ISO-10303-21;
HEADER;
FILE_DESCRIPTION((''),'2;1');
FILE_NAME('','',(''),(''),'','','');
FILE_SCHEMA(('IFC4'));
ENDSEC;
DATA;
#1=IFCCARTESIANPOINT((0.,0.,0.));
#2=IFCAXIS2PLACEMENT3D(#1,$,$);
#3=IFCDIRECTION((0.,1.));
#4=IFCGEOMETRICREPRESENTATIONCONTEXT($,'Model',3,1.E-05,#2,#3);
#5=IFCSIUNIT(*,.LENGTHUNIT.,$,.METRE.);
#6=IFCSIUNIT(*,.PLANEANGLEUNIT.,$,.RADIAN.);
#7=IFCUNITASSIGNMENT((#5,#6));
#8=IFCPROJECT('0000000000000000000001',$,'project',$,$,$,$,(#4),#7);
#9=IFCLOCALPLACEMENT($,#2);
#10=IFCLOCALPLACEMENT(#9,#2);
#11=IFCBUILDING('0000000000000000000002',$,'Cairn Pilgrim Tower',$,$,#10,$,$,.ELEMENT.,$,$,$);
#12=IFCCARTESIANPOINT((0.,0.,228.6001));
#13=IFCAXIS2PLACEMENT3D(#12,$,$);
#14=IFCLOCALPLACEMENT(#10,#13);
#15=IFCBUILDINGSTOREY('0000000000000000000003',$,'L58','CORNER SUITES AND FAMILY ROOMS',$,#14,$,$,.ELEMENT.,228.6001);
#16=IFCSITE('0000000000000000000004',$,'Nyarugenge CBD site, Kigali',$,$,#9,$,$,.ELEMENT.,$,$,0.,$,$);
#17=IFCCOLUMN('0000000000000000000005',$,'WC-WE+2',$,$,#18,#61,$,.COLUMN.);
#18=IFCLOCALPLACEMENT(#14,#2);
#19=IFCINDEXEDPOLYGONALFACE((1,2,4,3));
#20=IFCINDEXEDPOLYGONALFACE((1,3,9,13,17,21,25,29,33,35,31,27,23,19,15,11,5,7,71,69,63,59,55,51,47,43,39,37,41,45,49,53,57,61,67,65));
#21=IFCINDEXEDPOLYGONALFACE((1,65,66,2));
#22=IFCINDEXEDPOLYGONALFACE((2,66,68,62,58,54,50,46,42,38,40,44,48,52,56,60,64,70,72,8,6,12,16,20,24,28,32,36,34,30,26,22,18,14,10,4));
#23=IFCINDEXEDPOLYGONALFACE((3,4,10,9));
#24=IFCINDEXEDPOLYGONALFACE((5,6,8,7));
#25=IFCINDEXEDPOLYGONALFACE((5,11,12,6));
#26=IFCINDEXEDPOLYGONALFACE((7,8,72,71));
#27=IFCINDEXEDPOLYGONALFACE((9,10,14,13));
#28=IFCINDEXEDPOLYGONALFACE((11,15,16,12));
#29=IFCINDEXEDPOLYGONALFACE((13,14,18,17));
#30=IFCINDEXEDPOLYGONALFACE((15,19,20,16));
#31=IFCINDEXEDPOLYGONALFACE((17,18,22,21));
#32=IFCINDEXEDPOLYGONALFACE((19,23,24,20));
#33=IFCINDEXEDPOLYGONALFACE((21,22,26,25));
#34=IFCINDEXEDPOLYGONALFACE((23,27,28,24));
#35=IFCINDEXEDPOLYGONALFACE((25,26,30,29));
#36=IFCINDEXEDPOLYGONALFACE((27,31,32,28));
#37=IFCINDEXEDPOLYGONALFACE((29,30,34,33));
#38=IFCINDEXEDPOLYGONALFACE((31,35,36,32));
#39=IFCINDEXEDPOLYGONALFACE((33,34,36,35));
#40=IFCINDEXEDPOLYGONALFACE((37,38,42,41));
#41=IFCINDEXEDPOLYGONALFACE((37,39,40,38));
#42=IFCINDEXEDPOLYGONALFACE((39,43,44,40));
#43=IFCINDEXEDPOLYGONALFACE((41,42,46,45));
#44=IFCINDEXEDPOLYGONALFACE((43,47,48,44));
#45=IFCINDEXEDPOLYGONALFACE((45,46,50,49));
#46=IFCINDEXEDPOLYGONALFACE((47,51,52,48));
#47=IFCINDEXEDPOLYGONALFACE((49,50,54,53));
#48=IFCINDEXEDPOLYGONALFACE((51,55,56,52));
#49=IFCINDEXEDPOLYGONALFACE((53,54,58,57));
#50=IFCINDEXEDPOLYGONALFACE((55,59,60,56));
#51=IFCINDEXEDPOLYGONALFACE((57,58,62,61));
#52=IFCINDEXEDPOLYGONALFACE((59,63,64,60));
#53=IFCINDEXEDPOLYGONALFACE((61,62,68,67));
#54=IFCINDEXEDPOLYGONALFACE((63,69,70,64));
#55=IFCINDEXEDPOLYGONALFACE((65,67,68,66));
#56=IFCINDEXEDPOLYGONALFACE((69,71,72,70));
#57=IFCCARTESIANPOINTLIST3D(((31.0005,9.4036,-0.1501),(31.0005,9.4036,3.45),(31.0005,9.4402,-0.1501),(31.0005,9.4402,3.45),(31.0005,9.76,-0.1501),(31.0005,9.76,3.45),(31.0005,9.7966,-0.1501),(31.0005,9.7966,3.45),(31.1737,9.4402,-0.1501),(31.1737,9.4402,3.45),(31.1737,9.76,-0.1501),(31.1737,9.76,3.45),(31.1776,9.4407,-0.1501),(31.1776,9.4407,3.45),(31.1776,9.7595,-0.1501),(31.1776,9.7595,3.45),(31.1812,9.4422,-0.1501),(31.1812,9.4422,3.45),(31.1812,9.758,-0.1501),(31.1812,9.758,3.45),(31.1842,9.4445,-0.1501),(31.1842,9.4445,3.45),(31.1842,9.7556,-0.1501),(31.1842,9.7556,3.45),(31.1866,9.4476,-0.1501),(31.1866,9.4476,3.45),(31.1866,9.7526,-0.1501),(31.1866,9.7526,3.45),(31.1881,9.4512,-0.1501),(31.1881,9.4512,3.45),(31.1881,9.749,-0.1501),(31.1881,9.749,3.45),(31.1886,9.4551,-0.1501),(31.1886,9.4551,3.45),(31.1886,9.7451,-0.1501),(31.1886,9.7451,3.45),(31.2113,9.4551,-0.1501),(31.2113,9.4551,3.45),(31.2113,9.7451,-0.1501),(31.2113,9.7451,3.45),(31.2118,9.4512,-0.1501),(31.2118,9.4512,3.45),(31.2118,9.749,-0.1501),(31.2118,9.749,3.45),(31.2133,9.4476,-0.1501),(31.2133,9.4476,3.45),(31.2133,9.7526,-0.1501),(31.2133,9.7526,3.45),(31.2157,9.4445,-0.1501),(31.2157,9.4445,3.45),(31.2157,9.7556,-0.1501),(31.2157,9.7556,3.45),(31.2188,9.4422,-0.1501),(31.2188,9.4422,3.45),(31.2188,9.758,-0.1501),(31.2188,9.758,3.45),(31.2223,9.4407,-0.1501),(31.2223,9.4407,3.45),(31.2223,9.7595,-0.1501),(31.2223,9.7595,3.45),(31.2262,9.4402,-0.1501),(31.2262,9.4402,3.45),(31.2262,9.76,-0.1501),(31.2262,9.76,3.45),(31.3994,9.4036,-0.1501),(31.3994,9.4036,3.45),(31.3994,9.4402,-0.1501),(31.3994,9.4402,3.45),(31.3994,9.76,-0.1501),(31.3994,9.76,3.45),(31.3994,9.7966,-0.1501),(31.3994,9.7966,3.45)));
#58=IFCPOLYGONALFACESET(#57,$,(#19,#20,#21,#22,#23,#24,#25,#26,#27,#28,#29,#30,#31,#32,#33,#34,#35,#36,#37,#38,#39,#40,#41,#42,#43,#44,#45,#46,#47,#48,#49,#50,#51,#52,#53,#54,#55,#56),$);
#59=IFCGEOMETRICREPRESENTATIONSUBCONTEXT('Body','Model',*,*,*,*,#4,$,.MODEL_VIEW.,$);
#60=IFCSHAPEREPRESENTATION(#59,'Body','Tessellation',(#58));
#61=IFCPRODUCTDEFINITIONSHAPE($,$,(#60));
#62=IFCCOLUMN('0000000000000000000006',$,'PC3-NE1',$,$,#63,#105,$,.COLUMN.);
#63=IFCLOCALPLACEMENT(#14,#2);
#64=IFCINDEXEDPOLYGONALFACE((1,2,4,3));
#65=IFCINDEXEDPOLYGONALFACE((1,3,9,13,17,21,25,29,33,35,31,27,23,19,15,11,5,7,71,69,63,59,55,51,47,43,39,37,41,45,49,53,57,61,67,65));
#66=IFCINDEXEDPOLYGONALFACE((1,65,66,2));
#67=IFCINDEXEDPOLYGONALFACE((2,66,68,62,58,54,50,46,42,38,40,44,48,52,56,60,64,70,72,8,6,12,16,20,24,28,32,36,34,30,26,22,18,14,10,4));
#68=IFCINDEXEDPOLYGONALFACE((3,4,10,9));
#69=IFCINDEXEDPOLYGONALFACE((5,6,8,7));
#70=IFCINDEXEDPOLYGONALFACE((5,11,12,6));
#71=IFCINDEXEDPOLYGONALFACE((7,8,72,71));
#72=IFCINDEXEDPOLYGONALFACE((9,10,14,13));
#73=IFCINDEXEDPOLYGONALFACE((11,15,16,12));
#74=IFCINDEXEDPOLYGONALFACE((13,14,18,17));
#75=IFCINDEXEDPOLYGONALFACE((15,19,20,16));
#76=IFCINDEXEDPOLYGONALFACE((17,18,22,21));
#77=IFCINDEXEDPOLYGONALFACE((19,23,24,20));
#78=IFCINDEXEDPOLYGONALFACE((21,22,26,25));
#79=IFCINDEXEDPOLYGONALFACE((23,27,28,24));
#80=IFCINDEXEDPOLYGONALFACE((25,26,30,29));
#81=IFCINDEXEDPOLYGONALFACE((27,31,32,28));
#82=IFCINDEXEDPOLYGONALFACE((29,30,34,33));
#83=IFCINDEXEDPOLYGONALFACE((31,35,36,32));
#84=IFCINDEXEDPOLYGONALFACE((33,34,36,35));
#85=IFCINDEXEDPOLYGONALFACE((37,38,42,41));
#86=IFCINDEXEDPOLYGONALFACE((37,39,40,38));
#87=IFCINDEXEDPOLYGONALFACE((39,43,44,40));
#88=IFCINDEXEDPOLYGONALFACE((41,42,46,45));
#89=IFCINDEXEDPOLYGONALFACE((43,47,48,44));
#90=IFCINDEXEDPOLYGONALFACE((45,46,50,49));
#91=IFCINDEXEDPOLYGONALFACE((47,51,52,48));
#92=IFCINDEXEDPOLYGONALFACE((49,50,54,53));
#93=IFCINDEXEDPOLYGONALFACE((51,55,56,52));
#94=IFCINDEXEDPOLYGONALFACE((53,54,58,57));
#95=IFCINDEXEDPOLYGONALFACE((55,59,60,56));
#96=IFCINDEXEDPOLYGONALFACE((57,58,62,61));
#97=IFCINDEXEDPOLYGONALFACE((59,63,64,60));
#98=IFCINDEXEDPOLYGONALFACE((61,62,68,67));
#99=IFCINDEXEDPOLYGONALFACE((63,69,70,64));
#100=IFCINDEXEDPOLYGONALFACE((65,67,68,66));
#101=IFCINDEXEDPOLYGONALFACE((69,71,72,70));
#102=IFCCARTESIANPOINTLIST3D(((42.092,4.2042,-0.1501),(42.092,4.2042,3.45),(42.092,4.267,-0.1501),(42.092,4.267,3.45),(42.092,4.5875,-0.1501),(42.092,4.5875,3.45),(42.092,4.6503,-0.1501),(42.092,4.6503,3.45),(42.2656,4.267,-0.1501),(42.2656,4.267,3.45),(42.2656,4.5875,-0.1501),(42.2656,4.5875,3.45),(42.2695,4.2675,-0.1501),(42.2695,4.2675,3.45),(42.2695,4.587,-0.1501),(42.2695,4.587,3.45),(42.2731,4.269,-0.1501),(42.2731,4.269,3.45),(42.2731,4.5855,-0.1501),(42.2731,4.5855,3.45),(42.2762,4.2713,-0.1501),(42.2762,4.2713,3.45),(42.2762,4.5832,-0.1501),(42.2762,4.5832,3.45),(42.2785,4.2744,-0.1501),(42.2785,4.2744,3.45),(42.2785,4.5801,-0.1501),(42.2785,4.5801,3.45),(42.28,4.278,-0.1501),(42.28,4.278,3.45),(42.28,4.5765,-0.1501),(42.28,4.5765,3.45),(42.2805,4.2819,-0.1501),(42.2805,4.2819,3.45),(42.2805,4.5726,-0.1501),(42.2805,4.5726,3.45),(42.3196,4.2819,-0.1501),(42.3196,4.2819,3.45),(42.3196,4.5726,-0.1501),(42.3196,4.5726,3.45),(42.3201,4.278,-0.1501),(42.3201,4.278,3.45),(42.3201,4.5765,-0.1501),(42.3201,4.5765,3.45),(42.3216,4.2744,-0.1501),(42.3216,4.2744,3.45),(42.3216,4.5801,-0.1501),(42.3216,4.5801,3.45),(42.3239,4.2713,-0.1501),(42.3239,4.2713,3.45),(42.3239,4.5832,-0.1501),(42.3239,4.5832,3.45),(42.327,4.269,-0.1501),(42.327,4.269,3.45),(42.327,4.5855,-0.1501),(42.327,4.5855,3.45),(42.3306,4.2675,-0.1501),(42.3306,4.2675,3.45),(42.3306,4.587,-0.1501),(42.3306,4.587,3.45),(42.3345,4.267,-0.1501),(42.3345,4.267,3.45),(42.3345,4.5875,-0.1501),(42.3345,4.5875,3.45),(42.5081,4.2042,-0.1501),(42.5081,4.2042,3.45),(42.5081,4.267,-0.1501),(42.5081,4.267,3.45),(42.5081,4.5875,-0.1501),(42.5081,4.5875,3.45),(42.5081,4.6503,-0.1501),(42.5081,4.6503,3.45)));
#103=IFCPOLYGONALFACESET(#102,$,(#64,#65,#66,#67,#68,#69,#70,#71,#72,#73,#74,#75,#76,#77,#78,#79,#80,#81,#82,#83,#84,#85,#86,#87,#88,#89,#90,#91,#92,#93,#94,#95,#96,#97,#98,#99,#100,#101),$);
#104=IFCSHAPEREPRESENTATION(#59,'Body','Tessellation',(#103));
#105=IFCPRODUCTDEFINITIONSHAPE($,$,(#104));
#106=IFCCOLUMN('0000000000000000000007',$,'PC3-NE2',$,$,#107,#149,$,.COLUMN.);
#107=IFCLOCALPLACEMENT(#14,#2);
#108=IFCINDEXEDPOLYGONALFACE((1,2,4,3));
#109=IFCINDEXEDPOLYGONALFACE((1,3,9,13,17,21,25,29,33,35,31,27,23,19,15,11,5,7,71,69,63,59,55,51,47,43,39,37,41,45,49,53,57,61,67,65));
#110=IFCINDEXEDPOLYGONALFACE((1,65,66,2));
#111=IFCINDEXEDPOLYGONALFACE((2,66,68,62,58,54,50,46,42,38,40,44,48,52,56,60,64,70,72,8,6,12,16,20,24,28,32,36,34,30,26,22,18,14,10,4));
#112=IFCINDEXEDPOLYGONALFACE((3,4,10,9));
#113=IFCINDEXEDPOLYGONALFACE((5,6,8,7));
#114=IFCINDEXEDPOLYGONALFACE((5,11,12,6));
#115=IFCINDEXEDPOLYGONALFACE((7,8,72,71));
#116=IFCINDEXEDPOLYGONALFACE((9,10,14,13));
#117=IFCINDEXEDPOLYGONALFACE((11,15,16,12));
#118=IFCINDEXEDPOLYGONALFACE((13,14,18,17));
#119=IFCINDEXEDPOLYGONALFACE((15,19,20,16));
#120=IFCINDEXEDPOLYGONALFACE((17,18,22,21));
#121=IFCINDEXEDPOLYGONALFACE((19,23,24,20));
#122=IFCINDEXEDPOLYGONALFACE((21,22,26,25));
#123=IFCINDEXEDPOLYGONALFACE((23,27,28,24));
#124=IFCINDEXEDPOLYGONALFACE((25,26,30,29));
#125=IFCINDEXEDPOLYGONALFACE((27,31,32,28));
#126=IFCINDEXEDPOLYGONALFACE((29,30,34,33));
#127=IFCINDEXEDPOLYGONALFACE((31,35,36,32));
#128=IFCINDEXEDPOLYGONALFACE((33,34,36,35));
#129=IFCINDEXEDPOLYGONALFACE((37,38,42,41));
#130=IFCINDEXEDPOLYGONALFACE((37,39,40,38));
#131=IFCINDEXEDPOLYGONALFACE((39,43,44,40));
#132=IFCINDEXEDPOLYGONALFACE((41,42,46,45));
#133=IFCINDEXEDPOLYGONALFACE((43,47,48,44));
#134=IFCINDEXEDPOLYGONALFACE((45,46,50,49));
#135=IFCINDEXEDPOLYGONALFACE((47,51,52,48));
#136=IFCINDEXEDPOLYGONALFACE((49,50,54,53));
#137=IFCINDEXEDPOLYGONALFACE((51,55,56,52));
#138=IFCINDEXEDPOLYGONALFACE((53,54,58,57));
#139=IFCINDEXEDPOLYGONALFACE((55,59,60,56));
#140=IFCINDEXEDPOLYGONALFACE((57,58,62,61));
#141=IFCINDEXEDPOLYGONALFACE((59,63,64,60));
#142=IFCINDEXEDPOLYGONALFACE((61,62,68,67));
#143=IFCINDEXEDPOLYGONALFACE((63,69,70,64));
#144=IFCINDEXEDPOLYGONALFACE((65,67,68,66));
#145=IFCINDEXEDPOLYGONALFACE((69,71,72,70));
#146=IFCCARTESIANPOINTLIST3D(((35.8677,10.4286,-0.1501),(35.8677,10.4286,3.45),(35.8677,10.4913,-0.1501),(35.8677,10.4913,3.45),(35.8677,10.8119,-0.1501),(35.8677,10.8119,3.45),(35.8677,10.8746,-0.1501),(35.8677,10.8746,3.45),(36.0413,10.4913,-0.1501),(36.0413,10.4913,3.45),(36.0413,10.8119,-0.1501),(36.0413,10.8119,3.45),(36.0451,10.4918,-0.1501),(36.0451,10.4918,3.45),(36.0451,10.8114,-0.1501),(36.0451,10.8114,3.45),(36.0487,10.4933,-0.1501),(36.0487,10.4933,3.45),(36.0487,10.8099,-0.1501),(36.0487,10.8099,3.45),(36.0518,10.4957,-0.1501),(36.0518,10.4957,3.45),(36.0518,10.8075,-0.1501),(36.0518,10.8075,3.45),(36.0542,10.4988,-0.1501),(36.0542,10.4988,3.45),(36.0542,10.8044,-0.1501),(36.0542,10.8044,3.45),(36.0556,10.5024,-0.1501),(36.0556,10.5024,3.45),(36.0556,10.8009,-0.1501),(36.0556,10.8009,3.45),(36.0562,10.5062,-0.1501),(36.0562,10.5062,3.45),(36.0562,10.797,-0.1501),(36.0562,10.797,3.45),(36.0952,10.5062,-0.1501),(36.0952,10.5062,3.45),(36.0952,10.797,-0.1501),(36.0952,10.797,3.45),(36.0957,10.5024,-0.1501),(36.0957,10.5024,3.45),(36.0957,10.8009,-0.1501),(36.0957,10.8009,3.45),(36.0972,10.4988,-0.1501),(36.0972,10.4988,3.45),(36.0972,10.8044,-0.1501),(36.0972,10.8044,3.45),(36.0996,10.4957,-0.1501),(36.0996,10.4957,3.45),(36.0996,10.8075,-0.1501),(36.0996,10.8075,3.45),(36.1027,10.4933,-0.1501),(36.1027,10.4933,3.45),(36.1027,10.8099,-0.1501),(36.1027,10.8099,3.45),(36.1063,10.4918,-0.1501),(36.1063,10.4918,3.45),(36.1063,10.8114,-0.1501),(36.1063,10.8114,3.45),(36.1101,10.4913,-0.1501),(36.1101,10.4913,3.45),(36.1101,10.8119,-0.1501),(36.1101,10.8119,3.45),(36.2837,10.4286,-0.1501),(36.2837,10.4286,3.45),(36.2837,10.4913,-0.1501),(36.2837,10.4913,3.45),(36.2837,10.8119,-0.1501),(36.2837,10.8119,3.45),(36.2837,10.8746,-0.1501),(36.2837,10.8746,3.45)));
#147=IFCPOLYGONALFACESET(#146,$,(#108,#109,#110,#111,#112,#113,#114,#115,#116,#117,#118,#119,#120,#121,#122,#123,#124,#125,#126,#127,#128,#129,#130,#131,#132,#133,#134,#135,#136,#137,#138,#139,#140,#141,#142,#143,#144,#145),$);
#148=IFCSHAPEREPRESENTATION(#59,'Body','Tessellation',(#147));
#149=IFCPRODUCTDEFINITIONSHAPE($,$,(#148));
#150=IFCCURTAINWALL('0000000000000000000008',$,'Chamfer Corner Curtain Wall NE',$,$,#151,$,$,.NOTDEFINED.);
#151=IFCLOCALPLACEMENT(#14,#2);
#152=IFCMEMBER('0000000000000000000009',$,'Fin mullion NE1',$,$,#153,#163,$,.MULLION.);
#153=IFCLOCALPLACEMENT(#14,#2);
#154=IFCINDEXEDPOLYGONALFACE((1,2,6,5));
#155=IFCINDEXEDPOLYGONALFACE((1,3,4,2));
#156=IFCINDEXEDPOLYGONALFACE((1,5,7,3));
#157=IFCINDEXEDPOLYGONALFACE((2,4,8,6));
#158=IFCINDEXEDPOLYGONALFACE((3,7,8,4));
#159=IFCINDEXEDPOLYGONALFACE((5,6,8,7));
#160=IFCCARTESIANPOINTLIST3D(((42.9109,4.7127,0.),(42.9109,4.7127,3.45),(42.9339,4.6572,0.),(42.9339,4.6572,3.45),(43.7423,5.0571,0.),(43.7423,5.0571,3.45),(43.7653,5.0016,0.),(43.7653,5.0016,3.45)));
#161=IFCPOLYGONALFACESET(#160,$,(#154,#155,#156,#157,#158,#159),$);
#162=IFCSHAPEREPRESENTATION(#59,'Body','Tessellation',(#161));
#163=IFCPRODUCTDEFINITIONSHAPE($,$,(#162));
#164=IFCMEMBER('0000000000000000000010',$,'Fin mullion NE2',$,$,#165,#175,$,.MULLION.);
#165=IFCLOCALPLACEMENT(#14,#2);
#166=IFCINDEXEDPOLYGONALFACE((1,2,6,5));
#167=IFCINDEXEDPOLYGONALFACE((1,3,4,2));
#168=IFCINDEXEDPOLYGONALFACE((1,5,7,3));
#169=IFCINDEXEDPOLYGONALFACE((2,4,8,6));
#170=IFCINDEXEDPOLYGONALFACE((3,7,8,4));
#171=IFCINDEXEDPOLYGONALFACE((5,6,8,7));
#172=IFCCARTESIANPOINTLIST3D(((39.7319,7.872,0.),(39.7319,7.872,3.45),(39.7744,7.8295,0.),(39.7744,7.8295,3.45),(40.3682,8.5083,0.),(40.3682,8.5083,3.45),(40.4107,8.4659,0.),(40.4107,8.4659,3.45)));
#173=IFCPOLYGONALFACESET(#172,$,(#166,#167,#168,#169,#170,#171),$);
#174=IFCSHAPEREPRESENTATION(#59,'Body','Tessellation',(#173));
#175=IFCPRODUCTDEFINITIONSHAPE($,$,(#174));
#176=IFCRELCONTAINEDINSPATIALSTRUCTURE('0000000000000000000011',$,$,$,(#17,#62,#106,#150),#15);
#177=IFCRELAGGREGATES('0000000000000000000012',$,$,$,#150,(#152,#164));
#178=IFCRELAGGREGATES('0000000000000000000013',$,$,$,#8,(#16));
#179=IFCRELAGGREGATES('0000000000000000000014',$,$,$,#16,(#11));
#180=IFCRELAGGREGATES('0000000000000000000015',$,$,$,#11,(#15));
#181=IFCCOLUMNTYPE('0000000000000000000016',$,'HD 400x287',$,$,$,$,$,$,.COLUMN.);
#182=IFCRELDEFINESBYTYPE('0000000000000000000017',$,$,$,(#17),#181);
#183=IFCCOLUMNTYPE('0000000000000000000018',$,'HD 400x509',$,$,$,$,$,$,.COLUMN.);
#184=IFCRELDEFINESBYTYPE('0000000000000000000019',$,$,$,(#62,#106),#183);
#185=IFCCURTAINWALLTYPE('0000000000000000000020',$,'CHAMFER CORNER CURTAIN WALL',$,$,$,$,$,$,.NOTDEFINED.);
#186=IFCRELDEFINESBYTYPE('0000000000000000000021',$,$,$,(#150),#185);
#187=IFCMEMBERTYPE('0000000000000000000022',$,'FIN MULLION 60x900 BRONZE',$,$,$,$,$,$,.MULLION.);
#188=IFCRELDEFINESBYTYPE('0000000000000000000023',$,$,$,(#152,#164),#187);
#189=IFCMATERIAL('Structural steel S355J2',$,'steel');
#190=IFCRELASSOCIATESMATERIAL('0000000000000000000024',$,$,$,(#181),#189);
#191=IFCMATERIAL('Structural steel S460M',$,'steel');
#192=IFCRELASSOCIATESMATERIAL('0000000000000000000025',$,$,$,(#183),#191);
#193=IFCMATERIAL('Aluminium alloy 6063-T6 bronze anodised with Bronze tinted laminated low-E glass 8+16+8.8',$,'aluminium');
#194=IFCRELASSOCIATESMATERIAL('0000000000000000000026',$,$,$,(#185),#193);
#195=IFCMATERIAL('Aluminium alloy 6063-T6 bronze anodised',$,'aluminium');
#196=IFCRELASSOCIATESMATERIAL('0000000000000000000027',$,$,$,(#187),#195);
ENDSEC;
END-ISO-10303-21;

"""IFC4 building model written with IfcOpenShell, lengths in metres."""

from ifc_helpers import new_model, si_unit, direction, frame, origin, origin_2d, place, context, subcontext, project, spatial, rectangle, i_section, extrude, material, material_profile, profile_set, type_object, element, aggregate, save


model = new_model("IFC4")

# Units and contexts
model_context = context("Model", 3, precision=1e-05, world=origin(), true_north=direction((0.0, 1.0)))
body_context = subcontext(model_context, "Body", "Model", "MODEL_VIEW")
ifc_project = project(units=[si_unit("LENGTHUNIT", "METRE"), si_unit("PLANEANGLEUNIT", "RADIAN")], contexts=[model_context])

# Site, building, storey
site_placement = place(None, origin())
site = spatial("IfcSite", under=ifc_project, at=site_placement, Name="Nyarugenge CBD site, Kigali", CompositionType="ELEMENT", RefElevation=0.0)
building_placement = place(site_placement, origin())
building = spatial("IfcBuilding", under=site, at=building_placement, Name="Cairn Pilgrim Tower", CompositionType="ELEMENT")
storey_placement = place(building_placement, frame((0.0, 0.0, 228.6001)))
storey = spatial("IfcBuildingStorey", under=building, at=storey_placement, Name="L58", Description="CORNER SUITES AND FAMILY ROOMS", CompositionType="ELEMENT", Elevation=228.6001)

# Columns
ifc_material_1 = material(Name="Structural steel S355J2", Category="steel")
ifc_material_profile_1 = material_profile(ifc_material_1, i_section(OverallWidth=0.3989, OverallDepth=0.3931, WebThickness=0.0227, FlangeThickness=0.0366, FilletRadius=0.0149, at=origin_2d()), Name="HD 400x287")
ifc_profile_set_1 = profile_set([ifc_material_profile_1], Name="Structural steel S355J2")
column_type_1 = type_object("IfcColumnType", Name="HD 400x287", PredefinedType="COLUMN", material=ifc_profile_set_1)
column_placement = place(storey_placement, frame((31.2, 9.6001, -0.1501), z_axis=(0.0, 0.0, 1.0), x_axis=(1.0, 0.0, 0.0)))
element("IfcColumn", 1, at=column_placement, inside=storey, type_object=column_type_1, Name="WC-WE+2", PredefinedType="COLUMN", context=body_context, shape_type="SweptSolid", body=[
    extrude(i_section(OverallWidth=0.3989, OverallDepth=0.3931, WebThickness=0.0227, FlangeThickness=0.0366, FilletRadius=0.0149, at=origin_2d()), origin(), (0.0, 0.0, 1.0), 3.6001),
])
ifc_material_2 = material(Name="Structural steel S460M", Category="steel")
ifc_material_profile_2 = material_profile(ifc_material_2, i_section(OverallWidth=0.416, OverallDepth=0.446, WebThickness=0.0391, FlangeThickness=0.0627, FilletRadius=0.0149, at=origin_2d()), Name="HD 400x509")
ifc_profile_set_2 = profile_set([ifc_material_profile_2], Name="Structural steel S460M")
column_type_2 = type_object("IfcColumnType", Name="HD 400x509", PredefinedType="COLUMN", material=ifc_profile_set_2)
for number, where, z_axis, x_axis, name in (
    (2, (42.3, 4.4272, -0.1501), (0.0, 0.0, 1.0), (1.0, 0.0, 0.0), "PC3-NE1"),
    (3, (36.0757, 10.6516, -0.1501), (0.0, 0.0, 1.0), (1.0, 0.0, 0.0), "PC3-NE2"),
):
    element("IfcColumn", number, at=place(storey_placement, frame(where, z_axis=z_axis, x_axis=x_axis)), inside=storey, type_object=column_type_2, Name=name, PredefinedType="COLUMN", context=body_context, shape_type="SweptSolid", body=[
        extrude(i_section(OverallWidth=0.416, OverallDepth=0.446, WebThickness=0.0391, FlangeThickness=0.0627, FilletRadius=0.0149, at=origin_2d()), origin(), (0.0, 0.0, 1.0), 3.6001),
    ])

# Curtain wall, members
ifc_material_3 = material(Name="Aluminium alloy 6063-T6 bronze anodised with Bronze tinted laminated low-E glass 8+16+8.8", Category="aluminium")
curtain_wall_type_1 = type_object("IfcCurtainWallType", Name="CHAMFER CORNER CURTAIN WALL", PredefinedType="NOTDEFINED", material=ifc_material_3)
curtain_wall_1_placement = place(storey_placement, origin())
curtain_wall_1 = element("IfcCurtainWall", 4, at=curtain_wall_1_placement, inside=storey, type_object=curtain_wall_type_1, Name="Chamfer Corner Curtain Wall NE", PredefinedType="NOTDEFINED")
ifc_material_4 = material(Name="Aluminium alloy 6063-T6 bronze anodised", Category="aluminium")
ifc_material_profile_3 = material_profile(ifc_material_4, rectangle(XDim=0.8999, YDim=0.0601, at=origin_2d()), Name="FIN MULLION 60x900 BRONZE")
ifc_profile_set_3 = profile_set([ifc_material_profile_3], Name="Aluminium alloy 6063-T6 bronze anodised")
member_type_1 = type_object("IfcMemberType", Name="FIN MULLION 60x900 BRONZE", PredefinedType="MULLION", material=ifc_profile_set_3)
member_1_placement = place(storey_placement, frame((43.3381, 4.8572, 0.0), z_axis=(0.0, 0.0, 1.0), x_axis=(0.92388, 0.382683, 0.0)))
member_1 = element("IfcMember", 5, at=member_1_placement, type_object=member_type_1, Name="Fin mullion NE1", PredefinedType="MULLION", context=body_context, shape_type="SweptSolid", body=[
    extrude(rectangle(XDim=0.8999, YDim=0.0601, at=origin_2d()), origin(), (0.0, 0.0, 1.0), 3.45),
])
member_2_placement = place(storey_placement, frame((40.0713, 8.1689, 0.0), z_axis=(0.0, 0.0, 1.0), x_axis=(0.707107, 0.707107, 0.0)))
member_2 = element("IfcMember", 6, at=member_2_placement, type_object=member_type_1, Name="Fin mullion NE2", PredefinedType="MULLION", context=body_context, shape_type="SweptSolid", body=[
    extrude(rectangle(XDim=0.8999, YDim=0.0601, at=origin_2d()), origin(), (0.0, 0.0, 1.0), 3.45),
])

aggregate(curtain_wall_1, [member_1, member_2])

save(model, "model.ifc")
